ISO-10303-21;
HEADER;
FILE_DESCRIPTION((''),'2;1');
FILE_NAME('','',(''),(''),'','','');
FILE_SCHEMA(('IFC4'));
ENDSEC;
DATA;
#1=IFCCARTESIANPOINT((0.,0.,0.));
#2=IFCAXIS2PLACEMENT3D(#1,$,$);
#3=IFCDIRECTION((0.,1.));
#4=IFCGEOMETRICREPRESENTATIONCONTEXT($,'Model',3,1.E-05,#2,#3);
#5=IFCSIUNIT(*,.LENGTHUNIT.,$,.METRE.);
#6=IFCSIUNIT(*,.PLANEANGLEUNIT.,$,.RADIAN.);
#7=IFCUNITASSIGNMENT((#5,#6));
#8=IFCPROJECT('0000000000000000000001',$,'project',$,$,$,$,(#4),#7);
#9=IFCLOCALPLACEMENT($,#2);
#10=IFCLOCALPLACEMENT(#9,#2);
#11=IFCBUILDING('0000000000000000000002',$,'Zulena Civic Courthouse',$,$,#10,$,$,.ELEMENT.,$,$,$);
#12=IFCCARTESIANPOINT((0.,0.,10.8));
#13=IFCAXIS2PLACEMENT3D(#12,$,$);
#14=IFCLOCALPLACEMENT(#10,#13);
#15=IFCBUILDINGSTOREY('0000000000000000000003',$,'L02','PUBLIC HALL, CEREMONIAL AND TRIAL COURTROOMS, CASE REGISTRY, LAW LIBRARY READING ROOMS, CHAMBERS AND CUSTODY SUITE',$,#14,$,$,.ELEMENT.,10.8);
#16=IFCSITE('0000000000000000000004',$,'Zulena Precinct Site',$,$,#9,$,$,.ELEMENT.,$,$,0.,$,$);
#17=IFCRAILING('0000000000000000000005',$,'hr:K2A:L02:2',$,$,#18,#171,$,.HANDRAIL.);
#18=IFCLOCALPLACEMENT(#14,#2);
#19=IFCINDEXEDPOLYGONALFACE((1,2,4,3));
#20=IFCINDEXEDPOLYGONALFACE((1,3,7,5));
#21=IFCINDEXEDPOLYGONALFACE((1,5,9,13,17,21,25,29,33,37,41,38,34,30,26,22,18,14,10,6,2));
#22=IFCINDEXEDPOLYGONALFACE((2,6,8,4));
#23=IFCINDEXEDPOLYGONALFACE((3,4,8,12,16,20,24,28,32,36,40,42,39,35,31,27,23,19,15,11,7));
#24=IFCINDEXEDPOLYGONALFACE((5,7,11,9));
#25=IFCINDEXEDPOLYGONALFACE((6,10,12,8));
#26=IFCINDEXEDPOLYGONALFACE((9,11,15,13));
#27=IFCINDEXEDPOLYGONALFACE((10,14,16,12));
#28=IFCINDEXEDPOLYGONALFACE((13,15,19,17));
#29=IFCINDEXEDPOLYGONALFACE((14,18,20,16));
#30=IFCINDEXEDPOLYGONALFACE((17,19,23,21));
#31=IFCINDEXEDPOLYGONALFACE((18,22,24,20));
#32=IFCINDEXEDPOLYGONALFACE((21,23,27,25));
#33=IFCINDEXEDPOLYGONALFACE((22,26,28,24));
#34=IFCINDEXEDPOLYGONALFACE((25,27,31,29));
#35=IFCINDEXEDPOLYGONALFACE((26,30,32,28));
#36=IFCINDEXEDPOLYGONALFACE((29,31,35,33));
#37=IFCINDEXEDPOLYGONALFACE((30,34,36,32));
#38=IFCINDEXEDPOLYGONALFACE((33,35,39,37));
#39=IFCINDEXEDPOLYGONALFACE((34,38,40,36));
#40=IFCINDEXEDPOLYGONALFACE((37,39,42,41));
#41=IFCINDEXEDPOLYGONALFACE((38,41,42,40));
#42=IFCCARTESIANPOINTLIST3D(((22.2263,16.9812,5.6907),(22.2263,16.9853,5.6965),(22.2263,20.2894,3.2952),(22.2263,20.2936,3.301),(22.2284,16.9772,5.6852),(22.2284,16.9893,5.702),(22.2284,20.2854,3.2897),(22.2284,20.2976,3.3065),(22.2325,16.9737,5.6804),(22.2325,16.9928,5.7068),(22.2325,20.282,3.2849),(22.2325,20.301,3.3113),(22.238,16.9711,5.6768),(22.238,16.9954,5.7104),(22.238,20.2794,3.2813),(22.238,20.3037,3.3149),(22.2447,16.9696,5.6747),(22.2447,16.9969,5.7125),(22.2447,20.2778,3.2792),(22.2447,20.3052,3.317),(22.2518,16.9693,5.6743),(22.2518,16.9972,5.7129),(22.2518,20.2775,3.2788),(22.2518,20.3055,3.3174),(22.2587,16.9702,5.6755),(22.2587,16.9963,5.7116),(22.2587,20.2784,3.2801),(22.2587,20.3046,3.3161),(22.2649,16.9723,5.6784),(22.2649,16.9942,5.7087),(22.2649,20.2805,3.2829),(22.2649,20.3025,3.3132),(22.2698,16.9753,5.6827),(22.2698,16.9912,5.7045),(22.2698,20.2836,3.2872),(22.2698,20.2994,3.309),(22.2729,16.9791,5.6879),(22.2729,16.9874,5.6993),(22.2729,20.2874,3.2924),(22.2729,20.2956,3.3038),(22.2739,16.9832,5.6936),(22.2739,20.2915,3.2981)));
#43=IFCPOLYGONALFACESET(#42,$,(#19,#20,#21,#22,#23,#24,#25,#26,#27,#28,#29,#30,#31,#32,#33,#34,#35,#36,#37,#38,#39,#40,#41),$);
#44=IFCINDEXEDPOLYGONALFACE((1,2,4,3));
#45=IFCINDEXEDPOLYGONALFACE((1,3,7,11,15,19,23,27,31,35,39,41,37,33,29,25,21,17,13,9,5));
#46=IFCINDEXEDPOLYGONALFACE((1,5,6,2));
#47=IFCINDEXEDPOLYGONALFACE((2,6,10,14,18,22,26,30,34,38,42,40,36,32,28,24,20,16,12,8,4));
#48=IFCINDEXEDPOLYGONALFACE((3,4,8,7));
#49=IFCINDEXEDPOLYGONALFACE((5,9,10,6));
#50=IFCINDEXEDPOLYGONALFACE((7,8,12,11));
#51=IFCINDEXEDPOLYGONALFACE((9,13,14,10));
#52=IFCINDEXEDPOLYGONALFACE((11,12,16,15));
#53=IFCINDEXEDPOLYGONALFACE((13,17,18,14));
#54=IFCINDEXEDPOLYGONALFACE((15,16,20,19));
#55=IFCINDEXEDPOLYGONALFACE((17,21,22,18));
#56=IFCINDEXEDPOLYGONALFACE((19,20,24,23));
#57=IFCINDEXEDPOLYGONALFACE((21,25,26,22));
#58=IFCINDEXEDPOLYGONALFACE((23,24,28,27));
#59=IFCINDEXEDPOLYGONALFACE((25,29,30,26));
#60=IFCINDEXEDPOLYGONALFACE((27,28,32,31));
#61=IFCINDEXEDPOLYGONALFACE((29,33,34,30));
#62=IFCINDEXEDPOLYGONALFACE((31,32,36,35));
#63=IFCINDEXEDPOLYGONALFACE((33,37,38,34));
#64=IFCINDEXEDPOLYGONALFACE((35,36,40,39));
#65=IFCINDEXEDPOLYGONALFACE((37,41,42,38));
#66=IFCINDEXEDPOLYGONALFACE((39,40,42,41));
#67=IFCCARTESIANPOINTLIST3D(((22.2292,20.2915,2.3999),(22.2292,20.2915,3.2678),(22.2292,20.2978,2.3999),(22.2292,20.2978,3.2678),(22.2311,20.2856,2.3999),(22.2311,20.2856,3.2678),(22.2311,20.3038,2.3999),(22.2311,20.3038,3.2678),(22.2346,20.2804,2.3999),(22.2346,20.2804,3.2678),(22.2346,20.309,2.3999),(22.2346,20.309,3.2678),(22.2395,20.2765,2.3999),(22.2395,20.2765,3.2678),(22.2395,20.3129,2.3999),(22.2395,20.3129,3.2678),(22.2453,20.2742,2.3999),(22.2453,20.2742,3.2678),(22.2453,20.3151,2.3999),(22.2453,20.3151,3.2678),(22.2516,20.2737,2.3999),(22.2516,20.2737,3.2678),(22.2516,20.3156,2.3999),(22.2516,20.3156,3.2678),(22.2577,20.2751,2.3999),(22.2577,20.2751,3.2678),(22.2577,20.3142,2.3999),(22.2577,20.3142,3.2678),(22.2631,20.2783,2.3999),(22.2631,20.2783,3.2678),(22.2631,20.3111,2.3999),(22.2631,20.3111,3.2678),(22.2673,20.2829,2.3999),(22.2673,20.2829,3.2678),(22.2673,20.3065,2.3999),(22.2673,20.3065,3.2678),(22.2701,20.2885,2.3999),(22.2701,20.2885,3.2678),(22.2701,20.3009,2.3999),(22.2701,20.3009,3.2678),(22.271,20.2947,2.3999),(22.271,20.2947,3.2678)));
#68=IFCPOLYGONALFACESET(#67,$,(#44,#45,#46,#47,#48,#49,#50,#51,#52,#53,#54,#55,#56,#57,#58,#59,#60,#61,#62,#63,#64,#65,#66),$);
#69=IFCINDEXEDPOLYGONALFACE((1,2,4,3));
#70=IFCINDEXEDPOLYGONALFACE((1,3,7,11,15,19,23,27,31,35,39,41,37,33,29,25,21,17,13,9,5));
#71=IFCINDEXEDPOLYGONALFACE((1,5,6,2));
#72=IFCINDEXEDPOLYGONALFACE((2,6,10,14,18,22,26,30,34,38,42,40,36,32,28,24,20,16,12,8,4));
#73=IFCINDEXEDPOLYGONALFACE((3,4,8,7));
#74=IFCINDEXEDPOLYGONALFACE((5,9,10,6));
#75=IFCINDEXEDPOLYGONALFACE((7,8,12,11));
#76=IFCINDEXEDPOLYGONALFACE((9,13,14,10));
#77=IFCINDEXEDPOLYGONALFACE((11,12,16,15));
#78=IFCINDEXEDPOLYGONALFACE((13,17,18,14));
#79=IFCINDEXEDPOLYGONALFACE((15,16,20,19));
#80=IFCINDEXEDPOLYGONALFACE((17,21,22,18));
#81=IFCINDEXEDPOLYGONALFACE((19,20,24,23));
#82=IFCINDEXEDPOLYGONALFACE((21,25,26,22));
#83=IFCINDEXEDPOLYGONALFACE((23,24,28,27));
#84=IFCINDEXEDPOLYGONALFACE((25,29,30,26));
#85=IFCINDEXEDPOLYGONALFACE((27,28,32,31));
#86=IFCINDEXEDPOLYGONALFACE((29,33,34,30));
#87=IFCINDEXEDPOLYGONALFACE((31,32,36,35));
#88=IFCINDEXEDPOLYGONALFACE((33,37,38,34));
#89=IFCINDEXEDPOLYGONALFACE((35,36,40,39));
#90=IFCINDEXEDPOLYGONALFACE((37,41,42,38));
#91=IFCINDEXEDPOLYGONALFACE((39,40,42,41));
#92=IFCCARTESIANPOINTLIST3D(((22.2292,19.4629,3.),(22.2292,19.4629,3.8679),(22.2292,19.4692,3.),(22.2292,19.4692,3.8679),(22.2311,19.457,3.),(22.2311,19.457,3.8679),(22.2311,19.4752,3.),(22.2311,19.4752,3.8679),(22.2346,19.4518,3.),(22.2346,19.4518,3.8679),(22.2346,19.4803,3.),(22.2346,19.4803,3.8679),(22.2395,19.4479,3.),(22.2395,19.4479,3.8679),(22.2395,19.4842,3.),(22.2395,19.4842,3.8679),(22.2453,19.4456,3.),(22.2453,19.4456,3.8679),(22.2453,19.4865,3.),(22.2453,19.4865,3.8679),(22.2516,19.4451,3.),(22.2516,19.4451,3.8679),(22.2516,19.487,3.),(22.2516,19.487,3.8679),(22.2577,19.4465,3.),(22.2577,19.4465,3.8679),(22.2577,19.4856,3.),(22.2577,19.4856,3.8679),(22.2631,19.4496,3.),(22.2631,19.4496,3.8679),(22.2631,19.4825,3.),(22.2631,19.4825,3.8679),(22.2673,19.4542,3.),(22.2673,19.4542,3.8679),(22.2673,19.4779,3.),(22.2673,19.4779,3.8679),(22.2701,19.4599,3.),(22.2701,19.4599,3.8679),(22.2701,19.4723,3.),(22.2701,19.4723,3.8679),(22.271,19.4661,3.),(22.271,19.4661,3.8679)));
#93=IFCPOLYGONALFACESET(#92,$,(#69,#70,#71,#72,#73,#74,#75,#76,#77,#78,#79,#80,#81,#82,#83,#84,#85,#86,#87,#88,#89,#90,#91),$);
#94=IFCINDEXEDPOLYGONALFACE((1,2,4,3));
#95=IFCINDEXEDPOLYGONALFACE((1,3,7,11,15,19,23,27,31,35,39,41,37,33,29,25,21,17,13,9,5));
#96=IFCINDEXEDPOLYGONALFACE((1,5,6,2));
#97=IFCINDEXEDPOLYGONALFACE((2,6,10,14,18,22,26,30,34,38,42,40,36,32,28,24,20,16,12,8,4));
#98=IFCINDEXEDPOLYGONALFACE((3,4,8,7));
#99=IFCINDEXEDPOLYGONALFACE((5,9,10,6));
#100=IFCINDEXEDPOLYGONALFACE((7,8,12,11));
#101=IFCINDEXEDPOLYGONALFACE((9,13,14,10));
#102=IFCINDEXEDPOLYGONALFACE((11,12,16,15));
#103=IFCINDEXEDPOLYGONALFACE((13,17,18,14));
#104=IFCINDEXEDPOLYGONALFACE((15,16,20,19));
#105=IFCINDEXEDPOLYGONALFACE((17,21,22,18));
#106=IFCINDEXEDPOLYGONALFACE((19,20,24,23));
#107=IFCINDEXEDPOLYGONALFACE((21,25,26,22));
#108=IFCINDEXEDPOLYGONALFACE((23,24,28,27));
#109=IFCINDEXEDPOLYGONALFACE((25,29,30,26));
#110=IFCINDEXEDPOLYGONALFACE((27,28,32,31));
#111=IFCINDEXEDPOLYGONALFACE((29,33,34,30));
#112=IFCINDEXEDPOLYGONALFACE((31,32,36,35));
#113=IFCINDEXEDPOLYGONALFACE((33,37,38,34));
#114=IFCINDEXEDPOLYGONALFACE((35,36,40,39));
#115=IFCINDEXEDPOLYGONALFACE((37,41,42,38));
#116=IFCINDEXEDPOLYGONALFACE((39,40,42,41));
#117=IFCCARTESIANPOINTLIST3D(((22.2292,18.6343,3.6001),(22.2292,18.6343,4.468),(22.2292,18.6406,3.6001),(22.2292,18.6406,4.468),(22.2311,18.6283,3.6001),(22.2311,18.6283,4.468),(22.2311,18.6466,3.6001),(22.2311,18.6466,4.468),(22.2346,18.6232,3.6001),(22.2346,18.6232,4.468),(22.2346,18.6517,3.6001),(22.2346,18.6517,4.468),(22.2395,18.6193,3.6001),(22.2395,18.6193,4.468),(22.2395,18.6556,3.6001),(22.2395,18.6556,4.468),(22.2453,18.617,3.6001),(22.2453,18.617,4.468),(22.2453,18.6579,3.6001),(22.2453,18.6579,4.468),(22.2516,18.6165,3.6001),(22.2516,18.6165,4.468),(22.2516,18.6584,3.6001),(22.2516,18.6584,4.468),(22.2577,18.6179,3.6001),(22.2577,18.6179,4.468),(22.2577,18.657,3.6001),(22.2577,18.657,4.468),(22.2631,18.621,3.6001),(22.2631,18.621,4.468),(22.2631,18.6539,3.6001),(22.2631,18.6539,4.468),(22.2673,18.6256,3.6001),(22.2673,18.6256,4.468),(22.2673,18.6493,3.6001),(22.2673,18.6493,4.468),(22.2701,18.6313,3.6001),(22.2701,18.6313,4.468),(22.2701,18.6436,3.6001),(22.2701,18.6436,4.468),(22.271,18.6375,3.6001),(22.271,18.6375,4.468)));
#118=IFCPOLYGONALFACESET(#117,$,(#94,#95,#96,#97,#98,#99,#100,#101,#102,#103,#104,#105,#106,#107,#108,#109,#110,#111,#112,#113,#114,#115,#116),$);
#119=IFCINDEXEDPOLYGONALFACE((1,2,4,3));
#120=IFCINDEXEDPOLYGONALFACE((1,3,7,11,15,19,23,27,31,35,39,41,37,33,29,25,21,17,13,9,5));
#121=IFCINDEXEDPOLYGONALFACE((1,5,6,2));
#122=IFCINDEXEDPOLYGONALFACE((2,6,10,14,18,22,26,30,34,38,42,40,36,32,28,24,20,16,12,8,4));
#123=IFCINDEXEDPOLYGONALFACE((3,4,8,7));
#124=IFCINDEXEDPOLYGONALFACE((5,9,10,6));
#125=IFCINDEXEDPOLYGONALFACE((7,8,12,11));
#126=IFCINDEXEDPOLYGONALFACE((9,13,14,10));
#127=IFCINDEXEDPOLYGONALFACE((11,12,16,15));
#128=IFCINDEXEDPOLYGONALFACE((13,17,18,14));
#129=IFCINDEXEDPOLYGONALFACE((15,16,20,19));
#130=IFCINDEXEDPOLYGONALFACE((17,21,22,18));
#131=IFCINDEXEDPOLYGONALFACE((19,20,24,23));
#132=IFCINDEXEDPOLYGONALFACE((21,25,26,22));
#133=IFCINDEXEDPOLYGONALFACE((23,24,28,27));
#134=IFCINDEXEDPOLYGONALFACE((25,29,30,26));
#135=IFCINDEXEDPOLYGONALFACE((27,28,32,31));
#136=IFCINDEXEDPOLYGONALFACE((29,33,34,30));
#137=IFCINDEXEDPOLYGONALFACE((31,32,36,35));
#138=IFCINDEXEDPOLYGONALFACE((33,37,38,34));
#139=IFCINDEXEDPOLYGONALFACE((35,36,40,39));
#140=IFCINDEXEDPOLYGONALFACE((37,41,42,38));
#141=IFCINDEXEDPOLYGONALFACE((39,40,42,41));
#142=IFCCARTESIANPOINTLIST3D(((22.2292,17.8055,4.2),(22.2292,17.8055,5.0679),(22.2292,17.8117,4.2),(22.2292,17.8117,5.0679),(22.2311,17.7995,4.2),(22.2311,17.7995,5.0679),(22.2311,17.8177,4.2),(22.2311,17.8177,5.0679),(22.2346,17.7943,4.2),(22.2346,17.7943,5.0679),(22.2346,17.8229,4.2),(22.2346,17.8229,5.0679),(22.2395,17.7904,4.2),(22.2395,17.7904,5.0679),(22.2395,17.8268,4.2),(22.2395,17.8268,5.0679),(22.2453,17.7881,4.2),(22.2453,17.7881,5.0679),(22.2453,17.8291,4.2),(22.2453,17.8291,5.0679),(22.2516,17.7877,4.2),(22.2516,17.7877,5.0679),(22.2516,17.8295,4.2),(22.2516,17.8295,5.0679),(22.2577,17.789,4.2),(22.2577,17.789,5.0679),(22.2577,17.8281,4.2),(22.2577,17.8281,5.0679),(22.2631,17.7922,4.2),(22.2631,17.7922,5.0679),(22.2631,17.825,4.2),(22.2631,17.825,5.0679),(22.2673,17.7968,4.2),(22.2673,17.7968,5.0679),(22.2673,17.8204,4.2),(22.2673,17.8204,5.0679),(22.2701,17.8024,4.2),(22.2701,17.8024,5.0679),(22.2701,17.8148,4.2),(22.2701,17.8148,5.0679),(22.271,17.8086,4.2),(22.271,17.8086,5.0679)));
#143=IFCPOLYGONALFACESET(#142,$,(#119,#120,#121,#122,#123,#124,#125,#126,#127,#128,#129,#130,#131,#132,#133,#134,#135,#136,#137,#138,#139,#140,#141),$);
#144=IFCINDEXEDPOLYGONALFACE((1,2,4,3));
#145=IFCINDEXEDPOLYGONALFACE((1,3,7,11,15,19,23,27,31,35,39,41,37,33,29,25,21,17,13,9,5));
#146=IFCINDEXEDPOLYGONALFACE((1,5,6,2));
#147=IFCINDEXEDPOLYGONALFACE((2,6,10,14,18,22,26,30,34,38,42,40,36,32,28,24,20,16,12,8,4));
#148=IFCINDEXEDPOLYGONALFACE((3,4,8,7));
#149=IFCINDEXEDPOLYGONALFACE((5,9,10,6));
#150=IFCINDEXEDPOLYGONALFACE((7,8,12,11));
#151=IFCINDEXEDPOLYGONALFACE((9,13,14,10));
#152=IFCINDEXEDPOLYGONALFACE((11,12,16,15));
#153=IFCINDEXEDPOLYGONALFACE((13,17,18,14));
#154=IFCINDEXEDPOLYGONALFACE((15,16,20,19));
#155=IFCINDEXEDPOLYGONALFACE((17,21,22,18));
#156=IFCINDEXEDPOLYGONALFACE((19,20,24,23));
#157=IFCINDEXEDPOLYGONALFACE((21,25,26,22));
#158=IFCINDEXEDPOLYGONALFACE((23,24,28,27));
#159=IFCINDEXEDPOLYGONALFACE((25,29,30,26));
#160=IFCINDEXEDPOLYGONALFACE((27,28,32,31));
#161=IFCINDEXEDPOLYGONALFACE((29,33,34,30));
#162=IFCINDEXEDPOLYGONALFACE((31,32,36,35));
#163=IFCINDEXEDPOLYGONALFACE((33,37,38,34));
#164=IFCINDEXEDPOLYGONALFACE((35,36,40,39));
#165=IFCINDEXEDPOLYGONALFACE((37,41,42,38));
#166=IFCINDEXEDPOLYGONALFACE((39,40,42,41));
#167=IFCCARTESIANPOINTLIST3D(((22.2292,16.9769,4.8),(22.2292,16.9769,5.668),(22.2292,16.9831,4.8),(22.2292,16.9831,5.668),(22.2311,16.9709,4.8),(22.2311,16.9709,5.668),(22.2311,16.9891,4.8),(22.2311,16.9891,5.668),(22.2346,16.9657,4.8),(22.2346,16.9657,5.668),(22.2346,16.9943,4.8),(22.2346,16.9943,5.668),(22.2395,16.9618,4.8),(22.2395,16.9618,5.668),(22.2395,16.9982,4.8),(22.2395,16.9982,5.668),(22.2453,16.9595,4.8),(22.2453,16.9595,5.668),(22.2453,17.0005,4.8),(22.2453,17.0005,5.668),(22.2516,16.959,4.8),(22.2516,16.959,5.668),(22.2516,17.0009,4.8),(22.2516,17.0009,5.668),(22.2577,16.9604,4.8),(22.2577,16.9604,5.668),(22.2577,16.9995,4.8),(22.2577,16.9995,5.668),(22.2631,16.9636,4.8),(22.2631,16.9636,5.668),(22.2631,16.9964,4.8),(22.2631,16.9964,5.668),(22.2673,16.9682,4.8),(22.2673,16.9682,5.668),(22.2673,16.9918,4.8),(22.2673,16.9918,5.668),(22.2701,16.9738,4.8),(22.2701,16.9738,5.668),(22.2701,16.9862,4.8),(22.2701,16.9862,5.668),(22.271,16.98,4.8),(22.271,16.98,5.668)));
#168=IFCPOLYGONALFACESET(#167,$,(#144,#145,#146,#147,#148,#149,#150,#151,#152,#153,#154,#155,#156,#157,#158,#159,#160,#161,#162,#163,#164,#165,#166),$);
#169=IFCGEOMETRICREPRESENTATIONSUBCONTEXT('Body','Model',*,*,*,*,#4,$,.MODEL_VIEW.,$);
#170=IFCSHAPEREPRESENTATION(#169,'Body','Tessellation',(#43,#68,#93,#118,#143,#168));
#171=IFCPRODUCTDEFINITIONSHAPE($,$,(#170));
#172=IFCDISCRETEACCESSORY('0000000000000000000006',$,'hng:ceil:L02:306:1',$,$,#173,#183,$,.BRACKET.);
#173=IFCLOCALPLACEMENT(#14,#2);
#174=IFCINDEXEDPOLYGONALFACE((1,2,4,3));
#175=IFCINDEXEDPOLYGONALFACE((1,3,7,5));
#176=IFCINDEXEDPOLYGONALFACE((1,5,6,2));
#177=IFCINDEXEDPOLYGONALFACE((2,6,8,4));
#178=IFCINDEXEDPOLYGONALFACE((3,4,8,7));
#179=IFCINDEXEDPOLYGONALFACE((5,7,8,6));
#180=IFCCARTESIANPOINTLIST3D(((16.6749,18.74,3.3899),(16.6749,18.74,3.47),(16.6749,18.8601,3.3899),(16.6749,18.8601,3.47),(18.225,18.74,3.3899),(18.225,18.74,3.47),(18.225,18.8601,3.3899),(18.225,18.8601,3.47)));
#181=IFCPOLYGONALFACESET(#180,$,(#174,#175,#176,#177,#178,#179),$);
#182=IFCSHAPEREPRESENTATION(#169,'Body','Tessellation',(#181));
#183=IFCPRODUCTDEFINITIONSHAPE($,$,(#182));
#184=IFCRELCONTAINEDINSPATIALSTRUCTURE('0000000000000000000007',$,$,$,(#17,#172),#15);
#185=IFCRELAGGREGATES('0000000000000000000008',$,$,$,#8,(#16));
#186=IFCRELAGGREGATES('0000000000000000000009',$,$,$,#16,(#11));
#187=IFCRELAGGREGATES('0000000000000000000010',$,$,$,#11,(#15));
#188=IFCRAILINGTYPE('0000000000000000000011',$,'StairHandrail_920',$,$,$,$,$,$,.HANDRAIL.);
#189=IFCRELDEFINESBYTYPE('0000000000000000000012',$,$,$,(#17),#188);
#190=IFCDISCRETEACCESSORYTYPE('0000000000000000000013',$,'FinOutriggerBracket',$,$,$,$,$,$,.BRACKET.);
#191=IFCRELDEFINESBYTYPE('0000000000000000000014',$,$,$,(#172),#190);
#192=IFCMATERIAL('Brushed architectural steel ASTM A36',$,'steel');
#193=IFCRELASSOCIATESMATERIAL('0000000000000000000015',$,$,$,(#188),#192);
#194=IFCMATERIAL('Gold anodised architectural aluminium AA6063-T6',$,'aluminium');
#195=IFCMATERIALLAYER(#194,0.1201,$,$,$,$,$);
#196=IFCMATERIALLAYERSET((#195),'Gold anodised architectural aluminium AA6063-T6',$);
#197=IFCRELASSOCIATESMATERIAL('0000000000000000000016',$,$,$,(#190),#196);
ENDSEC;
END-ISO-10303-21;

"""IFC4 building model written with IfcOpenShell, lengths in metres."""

from ifc_helpers import new_model, si_unit, direction, frame, origin, origin_2d, place, context, subcontext, project, spatial, rectangle, circle, extrude, material, layer, layer_set, type_object, element, save


model = new_model("IFC4")

# Units and contexts
model_context = context("Model", 3, precision=1e-05, world=origin(), true_north=direction((0.0, 1.0)))
body_context = subcontext(model_context, "Body", "Model", "MODEL_VIEW")
ifc_project = project(units=[si_unit("LENGTHUNIT", "METRE"), si_unit("PLANEANGLEUNIT", "RADIAN")], contexts=[model_context])

# Site, building, storey
site_placement = place(None, origin())
site = spatial("IfcSite", under=ifc_project, at=site_placement, Name="Zulena Precinct Site", CompositionType="ELEMENT", RefElevation=0.0)
building_placement = place(site_placement, origin())
building = spatial("IfcBuilding", under=site, at=building_placement, Name="Zulena Civic Courthouse", CompositionType="ELEMENT")
storey_placement = place(building_placement, frame((0.0, 0.0, 10.8)))
storey = spatial("IfcBuildingStorey", under=building, at=storey_placement, Name="L02", Description="PUBLIC HALL, CEREMONIAL AND TRIAL COURTROOMS, CASE REGISTRY, LAW LIBRARY READING ROOMS, CHAMBERS AND CUSTODY SUITE", CompositionType="ELEMENT", Elevation=10.8)

# Railing
ifc_material_1 = material(Name="Brushed architectural steel ASTM A36", Category="steel")
railing_type_1 = type_object("IfcRailingType", Name="StairHandrail_920", PredefinedType="HANDRAIL", material=ifc_material_1)
railing_1_placement = place(storey_placement, frame((22.25, 20.2947, 2.3999)))
element("IfcRailing", 1, at=railing_1_placement, inside=storey, type_object=railing_type_1, Name="hr:K2A:L02:2", PredefinedType="HANDRAIL", context=body_context, shape_type="SweptSolid", body=[
    extrude(circle(Radius=0.0239, at=origin_2d()), frame((0.0, -0.0032, 0.8982), z_axis=(0.0, -0.80996, 0.586486), x_axis=(1.0, 0.0, 0.0)), (0.0, 0.0, 1.0), 4.0845),
    extrude(circle(Radius=0.021, at=origin_2d()), origin(), (0.0, 0.0, 1.0), 0.8679),
    extrude(circle(Radius=0.021, at=origin_2d()), frame((0.0, -0.8286, 0.6001)), (0.0, 0.0, 1.0), 0.8679),
    extrude(circle(Radius=0.021, at=origin_2d()), frame((0.0, -1.6572, 1.2002)), (0.0, 0.0, 1.0), 0.8679),
    extrude(circle(Radius=0.021, at=origin_2d()), frame((0.0, -2.4861, 1.8)), (0.0, 0.0, 1.0), 0.8679),
    extrude(circle(Radius=0.021, at=origin_2d()), frame((0.0, -3.3147, 2.4001)), (0.0, 0.0, 1.0), 0.8679),
])

# Discrete accessory
ifc_material_2 = material(Name="Gold anodised architectural aluminium AA6063-T6", Category="aluminium")
ifc_layer_1 = layer(ifc_material_2, 0.1201)
ifc_layer_set_1 = layer_set([ifc_layer_1], Name="Gold anodised architectural aluminium AA6063-T6")
discrete_accessory_type = type_object("IfcDiscreteAccessoryType", Name="FinOutriggerBracket", PredefinedType="BRACKET", material=ifc_layer_set_1)
discrete_accessory_placement = place(storey_placement, frame((17.45, 18.8, 3.3899), z_axis=(0.0, 0.0, 1.0), x_axis=(1.0, 0.0, 0.0)))
element("IfcDiscreteAccessory", 2, at=discrete_accessory_placement, inside=storey, type_object=discrete_accessory_type, Name="hng:ceil:L02:306:1", PredefinedType="BRACKET", context=body_context, shape_type="SweptSolid", body=[
    extrude(rectangle(XDim=1.55, YDim=0.1201, at=origin_2d()), origin(), (0.0, 0.0, 1.0), 0.0801),
])

save(model, "model.ifc")
